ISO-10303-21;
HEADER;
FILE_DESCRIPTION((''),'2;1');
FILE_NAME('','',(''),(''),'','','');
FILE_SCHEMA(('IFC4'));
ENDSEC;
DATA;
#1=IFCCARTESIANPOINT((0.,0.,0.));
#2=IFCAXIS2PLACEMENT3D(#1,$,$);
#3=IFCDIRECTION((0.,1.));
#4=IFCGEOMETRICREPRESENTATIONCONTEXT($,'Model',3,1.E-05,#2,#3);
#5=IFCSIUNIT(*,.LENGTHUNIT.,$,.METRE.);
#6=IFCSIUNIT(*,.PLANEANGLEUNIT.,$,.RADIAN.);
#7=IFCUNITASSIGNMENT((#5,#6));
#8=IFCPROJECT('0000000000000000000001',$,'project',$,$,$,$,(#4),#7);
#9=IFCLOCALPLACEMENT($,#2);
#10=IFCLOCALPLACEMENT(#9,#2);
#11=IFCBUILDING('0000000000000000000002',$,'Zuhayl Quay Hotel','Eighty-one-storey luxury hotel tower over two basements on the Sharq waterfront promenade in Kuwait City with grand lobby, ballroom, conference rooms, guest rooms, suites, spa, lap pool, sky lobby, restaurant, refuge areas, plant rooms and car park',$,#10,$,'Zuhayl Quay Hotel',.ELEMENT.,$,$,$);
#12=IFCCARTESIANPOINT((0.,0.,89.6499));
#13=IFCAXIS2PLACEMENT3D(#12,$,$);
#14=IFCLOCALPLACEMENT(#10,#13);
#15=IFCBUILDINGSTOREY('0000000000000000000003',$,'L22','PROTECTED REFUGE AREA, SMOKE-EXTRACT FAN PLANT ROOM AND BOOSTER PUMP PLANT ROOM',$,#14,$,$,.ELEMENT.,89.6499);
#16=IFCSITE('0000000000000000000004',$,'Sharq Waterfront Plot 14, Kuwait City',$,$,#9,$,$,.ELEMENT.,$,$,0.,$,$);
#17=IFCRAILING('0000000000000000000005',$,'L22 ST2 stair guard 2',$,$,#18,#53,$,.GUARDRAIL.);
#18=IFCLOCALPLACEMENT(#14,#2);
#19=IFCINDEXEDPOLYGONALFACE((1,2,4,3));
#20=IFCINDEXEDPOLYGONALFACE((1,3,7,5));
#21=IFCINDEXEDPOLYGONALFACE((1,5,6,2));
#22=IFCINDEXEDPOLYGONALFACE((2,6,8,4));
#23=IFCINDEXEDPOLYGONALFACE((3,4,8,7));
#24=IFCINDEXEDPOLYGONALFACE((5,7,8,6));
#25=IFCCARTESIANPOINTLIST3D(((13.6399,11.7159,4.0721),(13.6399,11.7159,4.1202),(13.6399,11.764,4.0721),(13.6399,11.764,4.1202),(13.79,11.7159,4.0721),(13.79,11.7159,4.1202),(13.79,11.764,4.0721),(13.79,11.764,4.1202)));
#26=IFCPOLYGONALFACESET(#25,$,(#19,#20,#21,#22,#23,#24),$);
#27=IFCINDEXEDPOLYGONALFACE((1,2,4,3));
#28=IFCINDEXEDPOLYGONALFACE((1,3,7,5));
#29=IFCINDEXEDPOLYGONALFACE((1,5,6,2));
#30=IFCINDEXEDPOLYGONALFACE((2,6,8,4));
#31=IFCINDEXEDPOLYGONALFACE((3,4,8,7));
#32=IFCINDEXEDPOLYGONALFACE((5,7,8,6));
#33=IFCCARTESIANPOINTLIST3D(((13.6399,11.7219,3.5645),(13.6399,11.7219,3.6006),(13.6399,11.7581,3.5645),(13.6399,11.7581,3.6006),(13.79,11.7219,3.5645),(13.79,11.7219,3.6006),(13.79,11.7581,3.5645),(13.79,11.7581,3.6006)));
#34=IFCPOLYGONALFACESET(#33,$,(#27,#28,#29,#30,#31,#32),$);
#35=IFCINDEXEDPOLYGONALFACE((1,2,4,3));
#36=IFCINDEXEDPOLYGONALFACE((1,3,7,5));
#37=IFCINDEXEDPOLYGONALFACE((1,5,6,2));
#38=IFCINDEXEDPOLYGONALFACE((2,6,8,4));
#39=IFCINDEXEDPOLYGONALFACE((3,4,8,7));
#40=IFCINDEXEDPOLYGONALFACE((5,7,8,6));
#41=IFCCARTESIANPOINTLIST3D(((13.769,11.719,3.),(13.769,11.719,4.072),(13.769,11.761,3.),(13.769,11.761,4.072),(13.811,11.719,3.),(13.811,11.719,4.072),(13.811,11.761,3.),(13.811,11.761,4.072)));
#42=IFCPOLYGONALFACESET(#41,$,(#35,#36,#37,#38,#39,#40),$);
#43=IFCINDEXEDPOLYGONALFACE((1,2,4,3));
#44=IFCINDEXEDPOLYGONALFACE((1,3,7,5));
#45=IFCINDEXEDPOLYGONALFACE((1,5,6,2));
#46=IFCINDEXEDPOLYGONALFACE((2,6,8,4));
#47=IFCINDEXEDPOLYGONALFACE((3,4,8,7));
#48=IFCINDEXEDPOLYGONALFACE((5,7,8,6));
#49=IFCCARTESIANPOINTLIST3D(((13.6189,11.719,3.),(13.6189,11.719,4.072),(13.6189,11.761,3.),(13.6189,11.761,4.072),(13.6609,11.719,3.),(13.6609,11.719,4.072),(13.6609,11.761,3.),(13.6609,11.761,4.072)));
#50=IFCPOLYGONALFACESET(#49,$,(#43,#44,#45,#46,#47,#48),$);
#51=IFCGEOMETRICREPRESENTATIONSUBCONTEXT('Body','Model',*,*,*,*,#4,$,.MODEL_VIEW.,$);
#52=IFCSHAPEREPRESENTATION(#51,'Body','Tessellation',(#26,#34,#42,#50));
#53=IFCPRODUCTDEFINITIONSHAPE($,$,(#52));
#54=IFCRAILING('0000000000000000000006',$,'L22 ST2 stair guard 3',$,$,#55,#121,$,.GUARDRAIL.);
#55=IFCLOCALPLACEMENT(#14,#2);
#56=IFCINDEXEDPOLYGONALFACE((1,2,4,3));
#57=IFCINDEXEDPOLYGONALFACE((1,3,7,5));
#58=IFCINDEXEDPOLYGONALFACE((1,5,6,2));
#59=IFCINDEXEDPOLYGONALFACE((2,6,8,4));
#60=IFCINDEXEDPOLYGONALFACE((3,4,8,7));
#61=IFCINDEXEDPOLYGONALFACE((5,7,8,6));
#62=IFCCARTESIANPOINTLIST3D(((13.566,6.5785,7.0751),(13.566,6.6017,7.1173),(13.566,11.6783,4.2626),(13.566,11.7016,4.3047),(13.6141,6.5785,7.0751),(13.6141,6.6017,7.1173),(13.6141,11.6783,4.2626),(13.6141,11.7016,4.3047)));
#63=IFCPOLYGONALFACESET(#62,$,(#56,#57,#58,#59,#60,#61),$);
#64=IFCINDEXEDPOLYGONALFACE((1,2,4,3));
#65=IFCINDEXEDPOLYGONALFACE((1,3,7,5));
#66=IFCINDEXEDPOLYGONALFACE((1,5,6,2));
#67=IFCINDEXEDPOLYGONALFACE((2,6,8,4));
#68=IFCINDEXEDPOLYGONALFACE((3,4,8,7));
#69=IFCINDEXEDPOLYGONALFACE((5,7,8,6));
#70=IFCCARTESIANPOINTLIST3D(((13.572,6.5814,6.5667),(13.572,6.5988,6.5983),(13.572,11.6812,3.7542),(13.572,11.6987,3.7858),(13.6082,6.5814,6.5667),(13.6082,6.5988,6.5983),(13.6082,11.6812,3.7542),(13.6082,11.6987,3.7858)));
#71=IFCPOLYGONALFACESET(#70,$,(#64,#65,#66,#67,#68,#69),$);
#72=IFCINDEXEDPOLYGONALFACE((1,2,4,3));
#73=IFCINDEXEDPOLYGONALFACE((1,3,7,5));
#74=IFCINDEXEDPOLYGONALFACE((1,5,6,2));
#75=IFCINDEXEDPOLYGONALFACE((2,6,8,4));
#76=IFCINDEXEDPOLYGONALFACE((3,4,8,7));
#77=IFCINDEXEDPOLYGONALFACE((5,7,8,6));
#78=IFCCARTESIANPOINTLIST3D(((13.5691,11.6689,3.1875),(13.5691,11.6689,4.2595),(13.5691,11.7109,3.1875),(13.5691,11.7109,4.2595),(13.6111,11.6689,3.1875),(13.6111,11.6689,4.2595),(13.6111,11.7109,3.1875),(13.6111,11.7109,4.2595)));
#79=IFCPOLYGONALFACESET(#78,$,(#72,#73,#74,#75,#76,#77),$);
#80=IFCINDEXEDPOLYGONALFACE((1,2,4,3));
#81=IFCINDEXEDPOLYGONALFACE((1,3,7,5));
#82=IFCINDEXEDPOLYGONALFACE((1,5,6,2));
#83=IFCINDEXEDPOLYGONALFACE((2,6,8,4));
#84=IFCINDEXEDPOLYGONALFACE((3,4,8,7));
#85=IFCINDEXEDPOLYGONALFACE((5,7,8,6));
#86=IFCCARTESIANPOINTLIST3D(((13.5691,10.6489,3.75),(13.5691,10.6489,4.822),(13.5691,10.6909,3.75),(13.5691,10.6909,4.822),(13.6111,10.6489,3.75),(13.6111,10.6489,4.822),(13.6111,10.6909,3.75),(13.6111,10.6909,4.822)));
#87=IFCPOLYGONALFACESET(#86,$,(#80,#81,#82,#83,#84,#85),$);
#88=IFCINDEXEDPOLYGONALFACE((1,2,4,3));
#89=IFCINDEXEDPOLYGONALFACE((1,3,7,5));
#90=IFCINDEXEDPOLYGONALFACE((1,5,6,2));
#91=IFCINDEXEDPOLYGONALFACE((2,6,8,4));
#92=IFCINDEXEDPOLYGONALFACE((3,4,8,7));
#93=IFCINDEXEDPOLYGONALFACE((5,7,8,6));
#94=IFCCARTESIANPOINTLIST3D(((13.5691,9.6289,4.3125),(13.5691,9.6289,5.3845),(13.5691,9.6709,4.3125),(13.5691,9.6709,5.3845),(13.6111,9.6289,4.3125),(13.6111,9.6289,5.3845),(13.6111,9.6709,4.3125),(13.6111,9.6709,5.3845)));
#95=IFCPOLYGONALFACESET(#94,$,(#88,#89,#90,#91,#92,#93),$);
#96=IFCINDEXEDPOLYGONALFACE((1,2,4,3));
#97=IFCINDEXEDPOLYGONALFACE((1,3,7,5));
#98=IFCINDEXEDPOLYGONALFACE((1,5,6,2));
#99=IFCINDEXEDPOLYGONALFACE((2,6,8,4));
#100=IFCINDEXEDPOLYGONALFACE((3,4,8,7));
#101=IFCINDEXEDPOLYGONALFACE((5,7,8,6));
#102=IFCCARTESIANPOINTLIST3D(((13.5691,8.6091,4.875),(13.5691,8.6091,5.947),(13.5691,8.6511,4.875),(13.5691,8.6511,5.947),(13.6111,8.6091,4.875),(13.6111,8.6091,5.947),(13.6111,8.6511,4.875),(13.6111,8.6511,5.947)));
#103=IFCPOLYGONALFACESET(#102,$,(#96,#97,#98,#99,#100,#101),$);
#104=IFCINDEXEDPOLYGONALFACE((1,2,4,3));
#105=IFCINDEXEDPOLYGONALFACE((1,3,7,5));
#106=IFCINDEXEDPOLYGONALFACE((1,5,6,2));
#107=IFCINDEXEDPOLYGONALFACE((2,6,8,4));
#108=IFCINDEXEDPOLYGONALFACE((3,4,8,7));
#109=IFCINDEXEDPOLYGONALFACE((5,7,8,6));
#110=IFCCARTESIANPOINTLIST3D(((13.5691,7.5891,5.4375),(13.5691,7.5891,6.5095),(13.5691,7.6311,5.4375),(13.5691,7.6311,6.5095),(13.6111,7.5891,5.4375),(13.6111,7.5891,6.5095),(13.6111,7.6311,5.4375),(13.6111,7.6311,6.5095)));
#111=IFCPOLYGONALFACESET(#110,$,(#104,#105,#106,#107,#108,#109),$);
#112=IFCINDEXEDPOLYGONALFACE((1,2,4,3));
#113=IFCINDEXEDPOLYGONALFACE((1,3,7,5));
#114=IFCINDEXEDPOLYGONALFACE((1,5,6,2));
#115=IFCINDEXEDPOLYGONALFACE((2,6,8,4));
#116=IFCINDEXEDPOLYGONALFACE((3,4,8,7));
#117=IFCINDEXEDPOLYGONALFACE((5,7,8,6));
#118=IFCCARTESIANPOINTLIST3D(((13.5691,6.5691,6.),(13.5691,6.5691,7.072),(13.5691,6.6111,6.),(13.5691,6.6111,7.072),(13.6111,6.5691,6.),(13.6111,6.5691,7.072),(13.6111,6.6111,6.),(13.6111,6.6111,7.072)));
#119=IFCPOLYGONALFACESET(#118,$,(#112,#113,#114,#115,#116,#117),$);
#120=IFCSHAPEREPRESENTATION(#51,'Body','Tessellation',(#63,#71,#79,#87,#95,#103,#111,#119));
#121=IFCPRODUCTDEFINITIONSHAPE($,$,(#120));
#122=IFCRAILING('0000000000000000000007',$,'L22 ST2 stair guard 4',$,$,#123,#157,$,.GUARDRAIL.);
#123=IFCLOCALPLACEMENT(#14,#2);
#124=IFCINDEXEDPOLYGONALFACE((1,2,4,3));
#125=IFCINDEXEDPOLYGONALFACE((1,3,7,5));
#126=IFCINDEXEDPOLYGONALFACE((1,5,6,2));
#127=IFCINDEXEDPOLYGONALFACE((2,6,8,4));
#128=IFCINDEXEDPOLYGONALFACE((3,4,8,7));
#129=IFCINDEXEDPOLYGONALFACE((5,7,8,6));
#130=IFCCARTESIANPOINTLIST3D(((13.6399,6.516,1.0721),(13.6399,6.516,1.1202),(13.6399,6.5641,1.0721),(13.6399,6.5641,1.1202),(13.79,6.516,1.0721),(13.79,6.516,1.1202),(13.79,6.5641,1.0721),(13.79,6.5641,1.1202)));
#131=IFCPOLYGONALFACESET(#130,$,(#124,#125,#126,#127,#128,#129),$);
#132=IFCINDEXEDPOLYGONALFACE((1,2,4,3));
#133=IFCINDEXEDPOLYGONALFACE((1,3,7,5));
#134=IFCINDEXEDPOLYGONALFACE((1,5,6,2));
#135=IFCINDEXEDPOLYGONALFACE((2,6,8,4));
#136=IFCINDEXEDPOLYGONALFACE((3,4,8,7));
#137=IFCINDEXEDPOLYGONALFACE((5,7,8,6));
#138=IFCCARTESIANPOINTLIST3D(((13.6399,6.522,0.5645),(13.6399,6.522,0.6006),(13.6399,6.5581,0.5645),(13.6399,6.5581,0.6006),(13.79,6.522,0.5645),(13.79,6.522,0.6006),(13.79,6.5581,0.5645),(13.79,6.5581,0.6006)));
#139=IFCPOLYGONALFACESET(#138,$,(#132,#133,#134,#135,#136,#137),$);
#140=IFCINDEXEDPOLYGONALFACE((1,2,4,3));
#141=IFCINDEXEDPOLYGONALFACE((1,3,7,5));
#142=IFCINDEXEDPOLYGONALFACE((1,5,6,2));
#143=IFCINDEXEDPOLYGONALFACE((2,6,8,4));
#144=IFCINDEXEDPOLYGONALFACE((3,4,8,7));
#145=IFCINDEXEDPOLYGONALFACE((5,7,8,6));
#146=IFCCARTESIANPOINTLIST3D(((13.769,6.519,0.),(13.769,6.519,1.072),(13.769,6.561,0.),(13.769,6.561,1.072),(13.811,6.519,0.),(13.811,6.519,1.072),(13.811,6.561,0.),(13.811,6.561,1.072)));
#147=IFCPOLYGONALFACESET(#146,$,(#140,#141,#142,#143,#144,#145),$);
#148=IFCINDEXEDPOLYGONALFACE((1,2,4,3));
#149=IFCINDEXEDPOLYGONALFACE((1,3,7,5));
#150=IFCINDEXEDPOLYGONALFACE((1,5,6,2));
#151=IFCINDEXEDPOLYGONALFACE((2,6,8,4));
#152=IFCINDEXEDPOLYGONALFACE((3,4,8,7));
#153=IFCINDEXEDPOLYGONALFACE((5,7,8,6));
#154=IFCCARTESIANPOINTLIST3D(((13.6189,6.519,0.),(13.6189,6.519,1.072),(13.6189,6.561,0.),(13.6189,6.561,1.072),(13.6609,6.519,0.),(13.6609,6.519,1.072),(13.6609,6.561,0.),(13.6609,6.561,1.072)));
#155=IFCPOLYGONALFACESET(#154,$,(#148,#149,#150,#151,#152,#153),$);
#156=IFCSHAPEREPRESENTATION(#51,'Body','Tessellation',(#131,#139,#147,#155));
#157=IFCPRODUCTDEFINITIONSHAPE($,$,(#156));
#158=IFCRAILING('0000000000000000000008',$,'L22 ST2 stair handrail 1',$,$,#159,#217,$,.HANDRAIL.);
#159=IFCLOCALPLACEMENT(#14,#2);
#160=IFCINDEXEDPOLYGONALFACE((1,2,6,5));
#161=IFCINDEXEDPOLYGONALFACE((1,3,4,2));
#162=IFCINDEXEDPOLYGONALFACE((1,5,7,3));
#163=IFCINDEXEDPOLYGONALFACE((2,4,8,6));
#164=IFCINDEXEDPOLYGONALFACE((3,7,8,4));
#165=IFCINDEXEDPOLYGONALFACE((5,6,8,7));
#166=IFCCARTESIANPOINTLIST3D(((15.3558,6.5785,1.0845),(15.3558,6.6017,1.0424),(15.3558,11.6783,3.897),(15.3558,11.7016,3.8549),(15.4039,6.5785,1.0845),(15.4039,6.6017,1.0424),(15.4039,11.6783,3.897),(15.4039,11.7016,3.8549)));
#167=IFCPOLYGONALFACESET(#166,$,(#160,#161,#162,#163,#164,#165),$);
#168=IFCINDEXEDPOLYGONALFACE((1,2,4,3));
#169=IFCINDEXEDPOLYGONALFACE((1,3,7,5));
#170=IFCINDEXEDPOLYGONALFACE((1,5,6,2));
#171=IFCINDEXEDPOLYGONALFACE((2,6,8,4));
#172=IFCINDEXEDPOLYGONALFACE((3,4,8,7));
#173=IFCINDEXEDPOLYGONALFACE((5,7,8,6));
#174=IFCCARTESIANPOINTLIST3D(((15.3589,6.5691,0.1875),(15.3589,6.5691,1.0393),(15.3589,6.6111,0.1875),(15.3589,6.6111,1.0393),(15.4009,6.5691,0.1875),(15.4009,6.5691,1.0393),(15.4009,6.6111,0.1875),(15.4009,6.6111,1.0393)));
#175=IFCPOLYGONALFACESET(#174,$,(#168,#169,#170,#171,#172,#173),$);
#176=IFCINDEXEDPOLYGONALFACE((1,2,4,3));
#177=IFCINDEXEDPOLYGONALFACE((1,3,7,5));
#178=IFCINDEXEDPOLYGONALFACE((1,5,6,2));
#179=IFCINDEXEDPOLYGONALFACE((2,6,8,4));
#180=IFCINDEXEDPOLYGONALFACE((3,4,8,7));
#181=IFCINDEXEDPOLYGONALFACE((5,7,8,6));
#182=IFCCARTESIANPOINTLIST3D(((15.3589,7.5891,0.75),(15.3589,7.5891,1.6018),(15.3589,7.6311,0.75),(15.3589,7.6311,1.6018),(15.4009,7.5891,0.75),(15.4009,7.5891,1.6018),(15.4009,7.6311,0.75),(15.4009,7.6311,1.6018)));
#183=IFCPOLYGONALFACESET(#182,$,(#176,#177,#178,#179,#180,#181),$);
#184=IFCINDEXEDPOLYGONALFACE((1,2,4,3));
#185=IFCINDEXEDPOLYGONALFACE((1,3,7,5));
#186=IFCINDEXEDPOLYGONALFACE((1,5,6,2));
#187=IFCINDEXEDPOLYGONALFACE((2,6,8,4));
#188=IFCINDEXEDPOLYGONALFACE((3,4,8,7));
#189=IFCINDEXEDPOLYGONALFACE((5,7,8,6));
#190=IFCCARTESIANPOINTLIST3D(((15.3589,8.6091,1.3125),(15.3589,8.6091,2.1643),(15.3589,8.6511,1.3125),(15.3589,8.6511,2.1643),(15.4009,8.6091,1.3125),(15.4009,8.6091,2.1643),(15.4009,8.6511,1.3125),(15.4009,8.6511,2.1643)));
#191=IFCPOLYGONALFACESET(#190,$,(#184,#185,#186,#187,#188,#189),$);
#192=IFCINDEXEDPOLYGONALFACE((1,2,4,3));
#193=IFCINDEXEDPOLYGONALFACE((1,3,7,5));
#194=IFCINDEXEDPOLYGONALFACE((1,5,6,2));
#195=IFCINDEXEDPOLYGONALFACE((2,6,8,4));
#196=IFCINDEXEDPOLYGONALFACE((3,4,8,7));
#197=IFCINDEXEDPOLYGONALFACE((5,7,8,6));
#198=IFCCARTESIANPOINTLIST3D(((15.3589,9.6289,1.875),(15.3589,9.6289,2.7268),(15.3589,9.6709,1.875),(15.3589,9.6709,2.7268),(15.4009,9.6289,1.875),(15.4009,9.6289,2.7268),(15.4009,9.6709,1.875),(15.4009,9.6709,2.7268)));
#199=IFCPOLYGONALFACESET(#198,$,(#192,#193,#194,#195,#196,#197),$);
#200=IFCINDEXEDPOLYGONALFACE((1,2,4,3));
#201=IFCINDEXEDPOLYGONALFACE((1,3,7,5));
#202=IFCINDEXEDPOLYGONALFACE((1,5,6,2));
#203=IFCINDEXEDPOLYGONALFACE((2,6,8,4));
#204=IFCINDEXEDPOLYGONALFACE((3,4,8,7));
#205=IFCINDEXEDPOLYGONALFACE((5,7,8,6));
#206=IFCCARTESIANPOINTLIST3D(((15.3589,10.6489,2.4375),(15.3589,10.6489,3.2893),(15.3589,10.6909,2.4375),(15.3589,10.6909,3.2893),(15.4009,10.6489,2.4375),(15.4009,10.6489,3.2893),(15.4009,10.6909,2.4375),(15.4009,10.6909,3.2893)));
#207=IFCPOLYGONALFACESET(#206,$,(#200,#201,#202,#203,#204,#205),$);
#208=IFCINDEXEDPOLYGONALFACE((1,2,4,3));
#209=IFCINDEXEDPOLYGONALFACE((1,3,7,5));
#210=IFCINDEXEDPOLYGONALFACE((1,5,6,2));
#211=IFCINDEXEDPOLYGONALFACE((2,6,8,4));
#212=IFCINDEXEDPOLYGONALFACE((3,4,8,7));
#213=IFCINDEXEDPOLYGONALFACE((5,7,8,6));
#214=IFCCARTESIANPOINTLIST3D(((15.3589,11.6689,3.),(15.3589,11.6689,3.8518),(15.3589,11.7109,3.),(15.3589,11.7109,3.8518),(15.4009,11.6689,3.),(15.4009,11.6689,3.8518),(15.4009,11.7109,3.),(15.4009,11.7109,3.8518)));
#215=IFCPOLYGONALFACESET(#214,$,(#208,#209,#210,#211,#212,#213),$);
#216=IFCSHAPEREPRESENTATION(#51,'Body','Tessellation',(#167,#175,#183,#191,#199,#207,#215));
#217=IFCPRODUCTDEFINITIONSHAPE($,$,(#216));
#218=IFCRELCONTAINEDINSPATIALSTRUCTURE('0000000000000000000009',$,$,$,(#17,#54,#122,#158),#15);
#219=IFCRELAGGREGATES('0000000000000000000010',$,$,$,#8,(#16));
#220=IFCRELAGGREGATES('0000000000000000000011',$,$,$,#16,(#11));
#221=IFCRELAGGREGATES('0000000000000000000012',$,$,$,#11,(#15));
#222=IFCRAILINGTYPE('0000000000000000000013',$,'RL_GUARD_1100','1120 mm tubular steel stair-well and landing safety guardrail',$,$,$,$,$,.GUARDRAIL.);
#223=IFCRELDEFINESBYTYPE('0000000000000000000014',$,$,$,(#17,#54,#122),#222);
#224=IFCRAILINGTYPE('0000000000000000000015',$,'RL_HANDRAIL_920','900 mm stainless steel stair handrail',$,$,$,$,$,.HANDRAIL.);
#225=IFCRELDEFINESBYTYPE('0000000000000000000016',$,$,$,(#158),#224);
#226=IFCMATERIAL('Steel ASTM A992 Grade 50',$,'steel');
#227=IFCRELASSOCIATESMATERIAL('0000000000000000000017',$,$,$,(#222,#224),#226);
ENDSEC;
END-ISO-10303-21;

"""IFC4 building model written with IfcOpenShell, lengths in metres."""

from ifc_helpers import new_model, si_unit, direction, frame, origin, origin_2d, place, context, subcontext, project, spatial, rectangle, extrude, material, type_object, element, save


model = new_model("IFC4")

# Units and contexts
model_context = context("Model", 3, precision=1e-05, world=origin(), true_north=direction((0.0, 1.0)))
body_context = subcontext(model_context, "Body", "Model", "MODEL_VIEW")
ifc_project = project(units=[si_unit("LENGTHUNIT", "METRE"), si_unit("PLANEANGLEUNIT", "RADIAN")], contexts=[model_context])

# Site, building, storey
site_placement = place(None, origin())
site = spatial("IfcSite", under=ifc_project, at=site_placement, Name="Sharq Waterfront Plot 14, Kuwait City", CompositionType="ELEMENT", RefElevation=0.0)
building_placement = place(site_placement, origin())
building = spatial("IfcBuilding", under=site, at=building_placement, Name="Zuhayl Quay Hotel", Description="Eighty-one-storey luxury hotel tower over two basements on the Sharq waterfront promenade in Kuwait City with grand lobby, ballroom, conference rooms, guest rooms, suites, spa, lap pool, sky lobby, restaurant, refuge areas, plant rooms and car park", LongName="Zuhayl Quay Hotel", CompositionType="ELEMENT")
storey_placement = place(building_placement, frame((0.0, 0.0, 89.6499)))
storey = spatial("IfcBuildingStorey", under=building, at=storey_placement, Name="L22", Description="PROTECTED REFUGE AREA, SMOKE-EXTRACT FAN PLANT ROOM AND BOOSTER PUMP PLANT ROOM", CompositionType="ELEMENT", Elevation=89.6499)

# Shared definitions
ifc_material_1 = material(Name="Steel ASTM A992 Grade 50", Category="steel")

# Railings
railing_type_1 = type_object("IfcRailingType", Name="RL_GUARD_1100", Description="1120 mm tubular steel stair-well and landing safety guardrail", PredefinedType="GUARDRAIL", material=ifc_material_1)
railing_1_placement = place(storey_placement, frame((13.79, 11.74, 3.0)))
element("IfcRailing", 1, at=railing_1_placement, inside=storey, type_object=railing_type_1, Name="L22 ST2 stair guard 2", PredefinedType="GUARDRAIL", context=body_context, shape_type="SweptSolid", body=[
    extrude(rectangle(XDim=0.0481, YDim=0.0481, at=origin_2d()), frame((0.0, 0.0, 1.0962), z_axis=(-1.0, 0.0, 0.0), x_axis=(0.0, -1.0, 0.0)), (0.0, 0.0, 1.0), 0.1501),
    extrude(rectangle(XDim=0.0361, YDim=0.0361, at=origin_2d()), frame((0.0, 0.0, 0.5825), z_axis=(-1.0, 0.0, 0.0), x_axis=(0.0, -1.0, 0.0)), (0.0, 0.0, 1.0), 0.1501),
    extrude(rectangle(XDim=0.042, YDim=0.042, at=origin_2d()), origin(), (0.0, 0.0, 1.0), 1.072),
    extrude(rectangle(XDim=0.042, YDim=0.042, at=origin_2d()), frame((-0.1501, 0.0, 0.0)), (0.0, 0.0, 1.0), 1.072),
])
railing_2_placement = place(storey_placement, frame((13.5901, 11.6899, 3.1875)))
element("IfcRailing", 2, at=railing_2_placement, inside=storey, type_object=railing_type_1, Name="L22 ST2 stair guard 3", PredefinedType="GUARDRAIL", context=body_context, shape_type="SweptSolid", body=[
    extrude(rectangle(XDim=0.0481, YDim=0.0481, at=origin_2d()), frame((0.0, 0.0, 1.0962), z_axis=(0.0, -0.875666, 0.482918), x_axis=(1.0, 0.0, 0.0)), (0.0, 0.0, 1.0), 5.824),
    extrude(rectangle(XDim=0.0361, YDim=0.0361, at=origin_2d()), frame((0.0, 0.0, 0.5825), z_axis=(0.0, -0.875666, 0.482918), x_axis=(1.0, 0.0, 0.0)), (0.0, 0.0, 1.0), 5.824),
    extrude(rectangle(XDim=0.042, YDim=0.042, at=origin_2d()), origin(), (0.0, 0.0, 1.0), 1.072),
    extrude(rectangle(XDim=0.042, YDim=0.042, at=origin_2d()), frame((0.0, -1.02, 0.5625)), (0.0, 0.0, 1.0), 1.072),
    extrude(rectangle(XDim=0.042, YDim=0.042, at=origin_2d()), frame((0.0, -2.04, 1.125)), (0.0, 0.0, 1.0), 1.072),
    extrude(rectangle(XDim=0.042, YDim=0.042, at=origin_2d()), frame((0.0, -3.0598, 1.6875)), (0.0, 0.0, 1.0), 1.072),
    extrude(rectangle(XDim=0.042, YDim=0.042, at=origin_2d()), frame((0.0, -4.0798, 2.25)), (0.0, 0.0, 1.0), 1.072),
    extrude(rectangle(XDim=0.042, YDim=0.042, at=origin_2d()), frame((0.0, -5.0999, 2.8125)), (0.0, 0.0, 1.0), 1.072),
])
railing_3_placement = place(storey_placement, frame((13.79, 6.54, 0.0)))
element("IfcRailing", 3, at=railing_3_placement, inside=storey, type_object=railing_type_1, Name="L22 ST2 stair guard 4", PredefinedType="GUARDRAIL", context=body_context, shape_type="SweptSolid", body=[
    extrude(rectangle(XDim=0.0481, YDim=0.0481, at=origin_2d()), frame((0.0, 0.0, 1.0962), z_axis=(-1.0, 0.0, 0.0), x_axis=(0.0, -1.0, 0.0)), (0.0, 0.0, 1.0), 0.1501),
    extrude(rectangle(XDim=0.0361, YDim=0.0361, at=origin_2d()), frame((0.0, 0.0, 0.5825), z_axis=(-1.0, 0.0, 0.0), x_axis=(0.0, -1.0, 0.0)), (0.0, 0.0, 1.0), 0.1501),
    extrude(rectangle(XDim=0.042, YDim=0.042, at=origin_2d()), origin(), (0.0, 0.0, 1.0), 1.072),
    extrude(rectangle(XDim=0.042, YDim=0.042, at=origin_2d()), frame((-0.1501, 0.0, 0.0)), (0.0, 0.0, 1.0), 1.072),
])
railing_type_2 = type_object("IfcRailingType", Name="RL_HANDRAIL_920", Description="900 mm stainless steel stair handrail", PredefinedType="HANDRAIL", material=ifc_material_1)
railing_4_placement = place(storey_placement, frame((15.3799, 6.5901, 0.1875)))
element("IfcRailing", 4, at=railing_4_placement, inside=storey, type_object=railing_type_2, Name="L22 ST2 stair handrail 1", PredefinedType="HANDRAIL", context=body_context, shape_type="SweptSolid", body=[
    extrude(rectangle(XDim=0.0481, YDim=0.0481, at=origin_2d()), frame((0.0, 0.0, 0.876), z_axis=(0.0, 0.875666, 0.482918), x_axis=(-1.0, 0.0, 0.0)), (0.0, 0.0, 1.0), 5.824),
    extrude(rectangle(XDim=0.042, YDim=0.042, at=origin_2d()), origin(), (0.0, 0.0, 1.0), 0.8518),
    extrude(rectangle(XDim=0.042, YDim=0.042, at=origin_2d()), frame((0.0, 1.02, 0.5625)), (0.0, 0.0, 1.0), 0.8518),
    extrude(rectangle(XDim=0.042, YDim=0.042, at=origin_2d()), frame((0.0, 2.04, 1.125)), (0.0, 0.0, 1.0), 0.8518),
    extrude(rectangle(XDim=0.042, YDim=0.042, at=origin_2d()), frame((0.0, 3.0598, 1.6875)), (0.0, 0.0, 1.0), 0.8518),
    extrude(rectangle(XDim=0.042, YDim=0.042, at=origin_2d()), frame((0.0, 4.0798, 2.25)), (0.0, 0.0, 1.0), 0.8518),
    extrude(rectangle(XDim=0.042, YDim=0.042, at=origin_2d()), frame((0.0, 5.0999, 2.8125)), (0.0, 0.0, 1.0), 0.8518),
])

save(model, "model.ifc")
